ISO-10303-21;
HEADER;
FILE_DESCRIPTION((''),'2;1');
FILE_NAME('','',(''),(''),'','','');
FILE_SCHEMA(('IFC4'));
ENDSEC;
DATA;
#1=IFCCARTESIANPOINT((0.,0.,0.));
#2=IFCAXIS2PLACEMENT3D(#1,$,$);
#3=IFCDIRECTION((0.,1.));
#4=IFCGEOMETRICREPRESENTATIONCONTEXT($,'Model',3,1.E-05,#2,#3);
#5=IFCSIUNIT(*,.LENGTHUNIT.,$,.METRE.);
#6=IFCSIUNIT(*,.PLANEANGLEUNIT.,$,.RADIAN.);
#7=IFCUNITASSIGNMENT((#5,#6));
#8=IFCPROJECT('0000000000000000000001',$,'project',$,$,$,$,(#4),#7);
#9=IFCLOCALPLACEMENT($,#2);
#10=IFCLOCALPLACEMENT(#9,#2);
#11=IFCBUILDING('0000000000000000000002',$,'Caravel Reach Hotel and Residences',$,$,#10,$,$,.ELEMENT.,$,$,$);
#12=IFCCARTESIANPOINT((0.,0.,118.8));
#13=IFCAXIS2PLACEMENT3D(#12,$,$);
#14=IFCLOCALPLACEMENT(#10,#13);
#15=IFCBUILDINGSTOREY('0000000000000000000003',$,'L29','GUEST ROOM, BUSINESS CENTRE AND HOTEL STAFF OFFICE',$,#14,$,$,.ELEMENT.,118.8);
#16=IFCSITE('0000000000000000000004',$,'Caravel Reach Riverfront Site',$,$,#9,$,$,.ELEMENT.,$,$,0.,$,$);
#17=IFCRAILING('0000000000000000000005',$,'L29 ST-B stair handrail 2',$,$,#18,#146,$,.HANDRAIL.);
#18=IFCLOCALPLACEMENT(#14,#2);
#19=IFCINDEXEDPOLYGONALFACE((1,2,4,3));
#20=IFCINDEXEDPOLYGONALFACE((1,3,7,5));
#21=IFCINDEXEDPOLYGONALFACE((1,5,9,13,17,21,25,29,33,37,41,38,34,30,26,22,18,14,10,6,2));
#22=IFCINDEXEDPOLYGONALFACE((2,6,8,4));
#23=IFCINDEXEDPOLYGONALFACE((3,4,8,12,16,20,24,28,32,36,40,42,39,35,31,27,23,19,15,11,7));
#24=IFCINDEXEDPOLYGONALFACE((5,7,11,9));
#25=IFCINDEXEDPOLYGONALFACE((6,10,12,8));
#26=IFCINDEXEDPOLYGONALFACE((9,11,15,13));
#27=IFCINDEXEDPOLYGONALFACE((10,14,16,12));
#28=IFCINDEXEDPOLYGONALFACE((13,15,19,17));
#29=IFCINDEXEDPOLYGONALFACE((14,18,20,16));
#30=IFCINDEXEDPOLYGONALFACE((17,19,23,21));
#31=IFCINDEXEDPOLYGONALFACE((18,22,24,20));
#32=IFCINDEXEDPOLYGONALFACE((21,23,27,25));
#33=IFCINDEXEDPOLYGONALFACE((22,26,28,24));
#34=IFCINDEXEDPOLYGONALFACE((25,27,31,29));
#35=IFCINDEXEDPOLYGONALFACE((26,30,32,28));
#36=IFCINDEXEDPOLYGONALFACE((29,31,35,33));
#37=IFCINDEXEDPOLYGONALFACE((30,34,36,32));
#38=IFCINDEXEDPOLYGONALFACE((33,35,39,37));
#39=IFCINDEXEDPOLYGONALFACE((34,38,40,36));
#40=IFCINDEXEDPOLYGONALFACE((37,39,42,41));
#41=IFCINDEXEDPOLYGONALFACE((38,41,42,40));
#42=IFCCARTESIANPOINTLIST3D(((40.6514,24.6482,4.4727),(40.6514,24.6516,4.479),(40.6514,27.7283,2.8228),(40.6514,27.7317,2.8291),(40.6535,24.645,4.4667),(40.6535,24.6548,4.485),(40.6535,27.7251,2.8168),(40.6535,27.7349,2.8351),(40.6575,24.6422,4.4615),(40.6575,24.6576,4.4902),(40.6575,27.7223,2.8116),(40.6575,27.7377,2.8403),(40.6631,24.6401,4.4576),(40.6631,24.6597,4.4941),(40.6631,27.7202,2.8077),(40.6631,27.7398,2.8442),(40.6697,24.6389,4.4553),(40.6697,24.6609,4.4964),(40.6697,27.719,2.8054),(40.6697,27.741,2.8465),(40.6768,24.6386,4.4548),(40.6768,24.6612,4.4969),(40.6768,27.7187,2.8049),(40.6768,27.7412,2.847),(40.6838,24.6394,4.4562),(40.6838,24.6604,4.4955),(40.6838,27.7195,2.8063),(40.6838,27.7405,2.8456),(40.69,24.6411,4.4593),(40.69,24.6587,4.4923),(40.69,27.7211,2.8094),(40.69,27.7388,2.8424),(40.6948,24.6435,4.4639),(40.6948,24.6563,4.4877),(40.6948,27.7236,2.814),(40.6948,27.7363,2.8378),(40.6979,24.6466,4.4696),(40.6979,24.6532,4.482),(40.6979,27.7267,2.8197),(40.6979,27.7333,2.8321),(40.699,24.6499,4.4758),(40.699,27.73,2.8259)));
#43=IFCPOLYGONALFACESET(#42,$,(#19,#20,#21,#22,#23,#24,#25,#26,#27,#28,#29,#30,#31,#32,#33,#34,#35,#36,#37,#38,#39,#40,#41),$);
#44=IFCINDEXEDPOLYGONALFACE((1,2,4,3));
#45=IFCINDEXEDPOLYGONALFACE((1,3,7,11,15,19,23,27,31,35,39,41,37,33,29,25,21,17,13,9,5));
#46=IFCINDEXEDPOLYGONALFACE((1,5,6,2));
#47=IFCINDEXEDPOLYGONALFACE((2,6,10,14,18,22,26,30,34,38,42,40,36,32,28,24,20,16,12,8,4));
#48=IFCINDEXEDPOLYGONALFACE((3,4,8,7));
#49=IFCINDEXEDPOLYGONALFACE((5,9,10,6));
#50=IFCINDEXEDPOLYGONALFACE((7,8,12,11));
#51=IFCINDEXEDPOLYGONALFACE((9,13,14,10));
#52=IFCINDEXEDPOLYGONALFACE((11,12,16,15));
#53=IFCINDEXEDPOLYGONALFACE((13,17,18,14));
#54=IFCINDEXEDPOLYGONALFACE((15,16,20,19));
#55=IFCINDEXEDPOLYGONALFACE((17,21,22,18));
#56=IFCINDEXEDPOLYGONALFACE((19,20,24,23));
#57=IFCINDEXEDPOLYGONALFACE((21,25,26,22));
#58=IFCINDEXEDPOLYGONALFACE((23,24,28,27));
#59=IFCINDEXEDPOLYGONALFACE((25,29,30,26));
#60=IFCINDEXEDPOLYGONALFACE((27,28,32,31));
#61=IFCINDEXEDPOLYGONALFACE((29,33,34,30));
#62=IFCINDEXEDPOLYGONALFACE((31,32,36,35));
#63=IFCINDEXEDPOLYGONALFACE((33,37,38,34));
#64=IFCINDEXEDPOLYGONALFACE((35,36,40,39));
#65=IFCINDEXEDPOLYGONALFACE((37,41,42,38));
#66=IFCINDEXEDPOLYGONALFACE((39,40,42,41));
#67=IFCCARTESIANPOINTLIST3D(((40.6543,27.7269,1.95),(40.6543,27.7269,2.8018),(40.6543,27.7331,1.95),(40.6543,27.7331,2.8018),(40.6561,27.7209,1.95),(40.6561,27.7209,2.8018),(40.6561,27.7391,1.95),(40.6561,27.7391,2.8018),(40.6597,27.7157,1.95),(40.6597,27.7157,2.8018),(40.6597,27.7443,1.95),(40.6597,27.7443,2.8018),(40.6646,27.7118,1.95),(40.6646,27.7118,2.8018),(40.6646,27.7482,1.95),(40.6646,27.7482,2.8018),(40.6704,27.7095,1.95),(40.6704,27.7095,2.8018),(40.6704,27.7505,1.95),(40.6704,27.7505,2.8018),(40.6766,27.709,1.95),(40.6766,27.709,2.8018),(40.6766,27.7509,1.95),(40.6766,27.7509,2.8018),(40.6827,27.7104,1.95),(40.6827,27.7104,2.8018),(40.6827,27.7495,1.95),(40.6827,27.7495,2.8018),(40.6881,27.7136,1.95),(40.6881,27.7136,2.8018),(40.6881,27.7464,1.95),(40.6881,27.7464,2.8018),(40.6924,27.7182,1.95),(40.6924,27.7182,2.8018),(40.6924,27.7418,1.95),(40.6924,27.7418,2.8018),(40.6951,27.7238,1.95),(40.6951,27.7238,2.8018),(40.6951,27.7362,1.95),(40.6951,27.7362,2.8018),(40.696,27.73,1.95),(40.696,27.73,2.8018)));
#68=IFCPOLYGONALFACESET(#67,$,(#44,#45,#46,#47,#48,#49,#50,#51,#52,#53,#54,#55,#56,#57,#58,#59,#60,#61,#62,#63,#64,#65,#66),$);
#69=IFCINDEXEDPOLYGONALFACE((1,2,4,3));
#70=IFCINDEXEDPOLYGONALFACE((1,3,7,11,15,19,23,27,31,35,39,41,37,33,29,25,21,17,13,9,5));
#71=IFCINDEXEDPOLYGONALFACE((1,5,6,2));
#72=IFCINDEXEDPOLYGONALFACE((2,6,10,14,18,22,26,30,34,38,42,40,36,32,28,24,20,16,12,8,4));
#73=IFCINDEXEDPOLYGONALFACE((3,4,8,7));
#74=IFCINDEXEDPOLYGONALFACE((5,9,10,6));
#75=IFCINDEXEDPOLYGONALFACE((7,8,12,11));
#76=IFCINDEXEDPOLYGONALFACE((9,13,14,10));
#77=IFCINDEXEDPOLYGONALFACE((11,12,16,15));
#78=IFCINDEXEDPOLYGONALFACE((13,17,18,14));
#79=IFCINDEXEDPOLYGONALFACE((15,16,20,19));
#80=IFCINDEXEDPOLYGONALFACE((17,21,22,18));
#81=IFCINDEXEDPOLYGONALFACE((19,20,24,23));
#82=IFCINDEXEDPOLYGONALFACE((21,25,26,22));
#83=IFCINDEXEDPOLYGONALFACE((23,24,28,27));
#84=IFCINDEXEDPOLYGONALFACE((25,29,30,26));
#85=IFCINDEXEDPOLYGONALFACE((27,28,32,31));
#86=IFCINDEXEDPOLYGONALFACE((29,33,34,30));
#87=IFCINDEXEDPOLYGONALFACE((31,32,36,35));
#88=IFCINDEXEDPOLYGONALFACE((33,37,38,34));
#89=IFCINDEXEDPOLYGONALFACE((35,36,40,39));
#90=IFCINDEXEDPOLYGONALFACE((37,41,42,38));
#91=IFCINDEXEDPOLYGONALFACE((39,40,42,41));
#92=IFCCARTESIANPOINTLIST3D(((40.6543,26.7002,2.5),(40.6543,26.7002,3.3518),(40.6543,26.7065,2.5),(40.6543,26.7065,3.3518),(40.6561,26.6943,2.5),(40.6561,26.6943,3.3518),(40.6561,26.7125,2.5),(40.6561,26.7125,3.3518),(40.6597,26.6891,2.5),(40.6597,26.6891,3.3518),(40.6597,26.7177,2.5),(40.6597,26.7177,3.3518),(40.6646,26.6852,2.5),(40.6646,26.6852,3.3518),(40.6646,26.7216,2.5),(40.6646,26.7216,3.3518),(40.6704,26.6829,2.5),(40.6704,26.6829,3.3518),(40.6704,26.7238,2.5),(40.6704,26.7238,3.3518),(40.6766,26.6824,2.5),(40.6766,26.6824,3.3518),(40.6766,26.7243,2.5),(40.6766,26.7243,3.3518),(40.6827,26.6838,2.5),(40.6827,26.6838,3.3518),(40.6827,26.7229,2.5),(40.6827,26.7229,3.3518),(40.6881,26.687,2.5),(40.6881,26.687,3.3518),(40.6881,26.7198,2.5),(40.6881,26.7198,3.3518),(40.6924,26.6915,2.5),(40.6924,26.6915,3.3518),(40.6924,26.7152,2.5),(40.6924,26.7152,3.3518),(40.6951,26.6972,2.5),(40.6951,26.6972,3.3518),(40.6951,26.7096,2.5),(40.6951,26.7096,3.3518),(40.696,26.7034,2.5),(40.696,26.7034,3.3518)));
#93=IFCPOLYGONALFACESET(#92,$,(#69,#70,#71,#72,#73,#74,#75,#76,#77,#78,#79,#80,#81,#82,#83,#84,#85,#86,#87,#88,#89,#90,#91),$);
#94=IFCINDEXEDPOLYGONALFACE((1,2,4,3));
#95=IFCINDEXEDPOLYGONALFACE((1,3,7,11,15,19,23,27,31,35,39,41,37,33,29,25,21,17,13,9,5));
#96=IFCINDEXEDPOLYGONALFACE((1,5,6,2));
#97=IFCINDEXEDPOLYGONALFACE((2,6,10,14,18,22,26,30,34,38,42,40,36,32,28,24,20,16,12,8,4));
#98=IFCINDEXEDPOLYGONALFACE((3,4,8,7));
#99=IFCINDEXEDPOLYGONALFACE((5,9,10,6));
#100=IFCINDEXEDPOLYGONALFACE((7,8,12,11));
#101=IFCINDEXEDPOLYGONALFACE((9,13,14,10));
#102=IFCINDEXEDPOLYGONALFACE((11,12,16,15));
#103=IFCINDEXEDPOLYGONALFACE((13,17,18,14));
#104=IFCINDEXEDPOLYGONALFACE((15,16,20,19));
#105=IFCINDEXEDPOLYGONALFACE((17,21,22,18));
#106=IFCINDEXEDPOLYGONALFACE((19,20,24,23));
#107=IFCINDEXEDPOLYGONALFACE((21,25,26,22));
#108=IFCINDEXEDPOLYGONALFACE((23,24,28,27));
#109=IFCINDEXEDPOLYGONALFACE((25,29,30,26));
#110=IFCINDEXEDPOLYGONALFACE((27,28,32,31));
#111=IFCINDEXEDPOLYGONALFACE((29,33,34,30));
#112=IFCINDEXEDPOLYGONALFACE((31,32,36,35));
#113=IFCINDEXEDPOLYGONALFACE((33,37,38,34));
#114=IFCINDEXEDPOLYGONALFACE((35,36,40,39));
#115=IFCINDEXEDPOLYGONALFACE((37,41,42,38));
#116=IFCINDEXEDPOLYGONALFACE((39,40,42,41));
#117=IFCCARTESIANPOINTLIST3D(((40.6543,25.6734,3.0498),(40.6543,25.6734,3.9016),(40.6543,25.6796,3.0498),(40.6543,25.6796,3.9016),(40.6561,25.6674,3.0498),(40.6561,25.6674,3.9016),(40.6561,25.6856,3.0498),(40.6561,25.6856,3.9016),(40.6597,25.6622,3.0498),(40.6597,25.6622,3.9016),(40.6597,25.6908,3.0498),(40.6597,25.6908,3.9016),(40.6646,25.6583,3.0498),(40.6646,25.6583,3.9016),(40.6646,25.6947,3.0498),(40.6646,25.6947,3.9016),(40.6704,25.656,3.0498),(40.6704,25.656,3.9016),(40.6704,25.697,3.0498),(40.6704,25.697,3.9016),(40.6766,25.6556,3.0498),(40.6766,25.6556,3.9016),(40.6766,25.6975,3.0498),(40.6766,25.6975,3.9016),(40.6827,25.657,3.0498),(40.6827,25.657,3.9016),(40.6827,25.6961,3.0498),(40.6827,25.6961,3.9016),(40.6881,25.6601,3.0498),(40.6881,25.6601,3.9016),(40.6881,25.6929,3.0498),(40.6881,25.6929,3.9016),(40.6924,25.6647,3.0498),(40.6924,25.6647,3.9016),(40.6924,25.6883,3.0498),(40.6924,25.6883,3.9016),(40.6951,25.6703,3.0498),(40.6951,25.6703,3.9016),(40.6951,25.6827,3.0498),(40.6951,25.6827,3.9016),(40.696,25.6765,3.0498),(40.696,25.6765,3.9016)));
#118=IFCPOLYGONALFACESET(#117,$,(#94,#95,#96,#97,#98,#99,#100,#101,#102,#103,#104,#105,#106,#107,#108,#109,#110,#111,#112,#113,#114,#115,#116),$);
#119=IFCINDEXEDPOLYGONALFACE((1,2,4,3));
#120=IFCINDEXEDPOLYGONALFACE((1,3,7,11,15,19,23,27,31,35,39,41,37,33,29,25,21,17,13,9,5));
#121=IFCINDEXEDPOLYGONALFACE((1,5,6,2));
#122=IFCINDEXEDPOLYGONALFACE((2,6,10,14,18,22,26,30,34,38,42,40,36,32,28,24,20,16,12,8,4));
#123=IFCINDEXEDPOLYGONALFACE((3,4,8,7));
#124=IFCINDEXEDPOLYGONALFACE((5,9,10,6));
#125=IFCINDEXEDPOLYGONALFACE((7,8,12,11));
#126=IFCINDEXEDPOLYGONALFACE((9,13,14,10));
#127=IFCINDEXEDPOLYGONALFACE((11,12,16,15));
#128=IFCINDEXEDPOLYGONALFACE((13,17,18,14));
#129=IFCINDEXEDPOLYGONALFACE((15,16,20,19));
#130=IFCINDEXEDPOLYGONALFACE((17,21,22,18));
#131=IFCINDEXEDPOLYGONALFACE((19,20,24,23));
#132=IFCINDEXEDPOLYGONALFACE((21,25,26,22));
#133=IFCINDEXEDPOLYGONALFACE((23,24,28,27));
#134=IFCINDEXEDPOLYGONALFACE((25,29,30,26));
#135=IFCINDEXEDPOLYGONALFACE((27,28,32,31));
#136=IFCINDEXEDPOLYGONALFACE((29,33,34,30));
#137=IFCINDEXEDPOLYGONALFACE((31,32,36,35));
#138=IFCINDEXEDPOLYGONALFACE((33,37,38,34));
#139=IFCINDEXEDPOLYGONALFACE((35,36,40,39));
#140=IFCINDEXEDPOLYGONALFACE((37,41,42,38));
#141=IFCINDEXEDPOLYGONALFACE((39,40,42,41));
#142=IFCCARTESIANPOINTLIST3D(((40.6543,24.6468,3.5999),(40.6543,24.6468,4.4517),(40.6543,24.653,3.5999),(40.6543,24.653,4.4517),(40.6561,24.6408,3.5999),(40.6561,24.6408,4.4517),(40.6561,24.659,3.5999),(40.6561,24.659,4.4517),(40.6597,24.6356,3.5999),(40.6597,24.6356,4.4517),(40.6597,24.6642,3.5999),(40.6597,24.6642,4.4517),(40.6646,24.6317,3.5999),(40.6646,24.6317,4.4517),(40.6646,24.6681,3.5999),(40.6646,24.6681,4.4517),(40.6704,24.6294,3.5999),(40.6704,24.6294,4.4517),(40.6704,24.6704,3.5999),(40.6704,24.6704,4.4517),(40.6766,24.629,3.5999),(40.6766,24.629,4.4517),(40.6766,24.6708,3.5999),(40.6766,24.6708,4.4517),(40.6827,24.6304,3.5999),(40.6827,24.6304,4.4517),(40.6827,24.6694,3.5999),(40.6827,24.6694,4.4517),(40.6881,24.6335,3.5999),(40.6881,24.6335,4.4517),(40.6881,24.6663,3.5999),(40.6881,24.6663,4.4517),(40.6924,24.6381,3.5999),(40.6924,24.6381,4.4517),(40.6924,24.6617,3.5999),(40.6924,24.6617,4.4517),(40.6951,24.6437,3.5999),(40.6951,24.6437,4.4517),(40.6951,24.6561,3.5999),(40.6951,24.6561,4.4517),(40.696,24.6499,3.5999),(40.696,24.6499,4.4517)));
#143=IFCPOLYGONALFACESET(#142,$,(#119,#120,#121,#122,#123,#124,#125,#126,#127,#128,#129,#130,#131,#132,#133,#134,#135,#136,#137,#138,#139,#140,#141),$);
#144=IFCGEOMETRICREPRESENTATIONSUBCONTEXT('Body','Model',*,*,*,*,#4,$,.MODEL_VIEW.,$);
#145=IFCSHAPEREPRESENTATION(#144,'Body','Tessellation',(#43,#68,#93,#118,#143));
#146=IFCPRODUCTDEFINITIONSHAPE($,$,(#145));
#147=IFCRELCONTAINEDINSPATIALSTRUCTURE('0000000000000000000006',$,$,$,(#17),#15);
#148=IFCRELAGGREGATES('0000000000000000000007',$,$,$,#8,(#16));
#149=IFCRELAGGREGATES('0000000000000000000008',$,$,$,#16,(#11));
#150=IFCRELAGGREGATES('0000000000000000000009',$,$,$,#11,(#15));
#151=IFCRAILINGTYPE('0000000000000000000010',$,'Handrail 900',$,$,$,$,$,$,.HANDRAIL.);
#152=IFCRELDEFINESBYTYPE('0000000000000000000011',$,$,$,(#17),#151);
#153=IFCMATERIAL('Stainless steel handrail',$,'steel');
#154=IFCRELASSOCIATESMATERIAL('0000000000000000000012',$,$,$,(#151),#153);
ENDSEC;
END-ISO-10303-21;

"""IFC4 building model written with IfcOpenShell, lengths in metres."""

from ifc_helpers import new_model, si_unit, direction, frame, origin, origin_2d, place, context, subcontext, project, spatial, circle, extrude, material, type_object, element, save


model = new_model("IFC4")

# Units and contexts
model_context = context("Model", 3, precision=1e-05, world=origin(), true_north=direction((0.0, 1.0)))
body_context = subcontext(model_context, "Body", "Model", "MODEL_VIEW")
ifc_project = project(units=[si_unit("LENGTHUNIT", "METRE"), si_unit("PLANEANGLEUNIT", "RADIAN")], contexts=[model_context])

# Site, building, storey
site_placement = place(None, origin())
site = spatial("IfcSite", under=ifc_project, at=site_placement, Name="Caravel Reach Riverfront Site", CompositionType="ELEMENT", RefElevation=0.0)
building_placement = place(site_placement, origin())
building = spatial("IfcBuilding", under=site, at=building_placement, Name="Caravel Reach Hotel and Residences", CompositionType="ELEMENT")
storey_placement = place(building_placement, frame((0.0, 0.0, 118.8)))
storey = spatial("IfcBuildingStorey", under=building, at=storey_placement, Name="L29", Description="GUEST ROOM, BUSINESS CENTRE AND HOTEL STAFF OFFICE", CompositionType="ELEMENT", Elevation=118.8)

# Railing
ifc_material_1 = material(Name="Stainless steel handrail", Category="steel")
railing_type_1 = type_object("IfcRailingType", Name="Handrail 900", PredefinedType="HANDRAIL", material=ifc_material_1)
railing_1_placement = place(storey_placement, frame((40.675, 27.73, 1.95)))
element("IfcRailing", 1, at=railing_1_placement, inside=storey, type_object=railing_type_1, Name="L29 ST-B stair handrail 2", PredefinedType="HANDRAIL", context=body_context, shape_type="SweptSolid", body=[
    extrude(circle(Radius=0.0239, at=origin_2d()), frame((0.0, 0.0, 0.876), z_axis=(0.0, -0.881497, 0.47219), x_axis=(1.0, 0.0, 0.0)), (0.0, 0.0, 1.0), 3.4941),
    extrude(circle(Radius=0.021, at=origin_2d()), origin(), (0.0, 0.0, 1.0), 0.8518),
    extrude(circle(Radius=0.021, at=origin_2d()), frame((0.0, -1.0266, 0.55)), (0.0, 0.0, 1.0), 0.8518),
    extrude(circle(Radius=0.021, at=origin_2d()), frame((0.0, -2.0535, 1.0999)), (0.0, 0.0, 1.0), 0.8518),
    extrude(circle(Radius=0.021, at=origin_2d()), frame((0.0, -3.0801, 1.6499)), (0.0, 0.0, 1.0), 0.8518),
])

save(model, "model.ifc")
